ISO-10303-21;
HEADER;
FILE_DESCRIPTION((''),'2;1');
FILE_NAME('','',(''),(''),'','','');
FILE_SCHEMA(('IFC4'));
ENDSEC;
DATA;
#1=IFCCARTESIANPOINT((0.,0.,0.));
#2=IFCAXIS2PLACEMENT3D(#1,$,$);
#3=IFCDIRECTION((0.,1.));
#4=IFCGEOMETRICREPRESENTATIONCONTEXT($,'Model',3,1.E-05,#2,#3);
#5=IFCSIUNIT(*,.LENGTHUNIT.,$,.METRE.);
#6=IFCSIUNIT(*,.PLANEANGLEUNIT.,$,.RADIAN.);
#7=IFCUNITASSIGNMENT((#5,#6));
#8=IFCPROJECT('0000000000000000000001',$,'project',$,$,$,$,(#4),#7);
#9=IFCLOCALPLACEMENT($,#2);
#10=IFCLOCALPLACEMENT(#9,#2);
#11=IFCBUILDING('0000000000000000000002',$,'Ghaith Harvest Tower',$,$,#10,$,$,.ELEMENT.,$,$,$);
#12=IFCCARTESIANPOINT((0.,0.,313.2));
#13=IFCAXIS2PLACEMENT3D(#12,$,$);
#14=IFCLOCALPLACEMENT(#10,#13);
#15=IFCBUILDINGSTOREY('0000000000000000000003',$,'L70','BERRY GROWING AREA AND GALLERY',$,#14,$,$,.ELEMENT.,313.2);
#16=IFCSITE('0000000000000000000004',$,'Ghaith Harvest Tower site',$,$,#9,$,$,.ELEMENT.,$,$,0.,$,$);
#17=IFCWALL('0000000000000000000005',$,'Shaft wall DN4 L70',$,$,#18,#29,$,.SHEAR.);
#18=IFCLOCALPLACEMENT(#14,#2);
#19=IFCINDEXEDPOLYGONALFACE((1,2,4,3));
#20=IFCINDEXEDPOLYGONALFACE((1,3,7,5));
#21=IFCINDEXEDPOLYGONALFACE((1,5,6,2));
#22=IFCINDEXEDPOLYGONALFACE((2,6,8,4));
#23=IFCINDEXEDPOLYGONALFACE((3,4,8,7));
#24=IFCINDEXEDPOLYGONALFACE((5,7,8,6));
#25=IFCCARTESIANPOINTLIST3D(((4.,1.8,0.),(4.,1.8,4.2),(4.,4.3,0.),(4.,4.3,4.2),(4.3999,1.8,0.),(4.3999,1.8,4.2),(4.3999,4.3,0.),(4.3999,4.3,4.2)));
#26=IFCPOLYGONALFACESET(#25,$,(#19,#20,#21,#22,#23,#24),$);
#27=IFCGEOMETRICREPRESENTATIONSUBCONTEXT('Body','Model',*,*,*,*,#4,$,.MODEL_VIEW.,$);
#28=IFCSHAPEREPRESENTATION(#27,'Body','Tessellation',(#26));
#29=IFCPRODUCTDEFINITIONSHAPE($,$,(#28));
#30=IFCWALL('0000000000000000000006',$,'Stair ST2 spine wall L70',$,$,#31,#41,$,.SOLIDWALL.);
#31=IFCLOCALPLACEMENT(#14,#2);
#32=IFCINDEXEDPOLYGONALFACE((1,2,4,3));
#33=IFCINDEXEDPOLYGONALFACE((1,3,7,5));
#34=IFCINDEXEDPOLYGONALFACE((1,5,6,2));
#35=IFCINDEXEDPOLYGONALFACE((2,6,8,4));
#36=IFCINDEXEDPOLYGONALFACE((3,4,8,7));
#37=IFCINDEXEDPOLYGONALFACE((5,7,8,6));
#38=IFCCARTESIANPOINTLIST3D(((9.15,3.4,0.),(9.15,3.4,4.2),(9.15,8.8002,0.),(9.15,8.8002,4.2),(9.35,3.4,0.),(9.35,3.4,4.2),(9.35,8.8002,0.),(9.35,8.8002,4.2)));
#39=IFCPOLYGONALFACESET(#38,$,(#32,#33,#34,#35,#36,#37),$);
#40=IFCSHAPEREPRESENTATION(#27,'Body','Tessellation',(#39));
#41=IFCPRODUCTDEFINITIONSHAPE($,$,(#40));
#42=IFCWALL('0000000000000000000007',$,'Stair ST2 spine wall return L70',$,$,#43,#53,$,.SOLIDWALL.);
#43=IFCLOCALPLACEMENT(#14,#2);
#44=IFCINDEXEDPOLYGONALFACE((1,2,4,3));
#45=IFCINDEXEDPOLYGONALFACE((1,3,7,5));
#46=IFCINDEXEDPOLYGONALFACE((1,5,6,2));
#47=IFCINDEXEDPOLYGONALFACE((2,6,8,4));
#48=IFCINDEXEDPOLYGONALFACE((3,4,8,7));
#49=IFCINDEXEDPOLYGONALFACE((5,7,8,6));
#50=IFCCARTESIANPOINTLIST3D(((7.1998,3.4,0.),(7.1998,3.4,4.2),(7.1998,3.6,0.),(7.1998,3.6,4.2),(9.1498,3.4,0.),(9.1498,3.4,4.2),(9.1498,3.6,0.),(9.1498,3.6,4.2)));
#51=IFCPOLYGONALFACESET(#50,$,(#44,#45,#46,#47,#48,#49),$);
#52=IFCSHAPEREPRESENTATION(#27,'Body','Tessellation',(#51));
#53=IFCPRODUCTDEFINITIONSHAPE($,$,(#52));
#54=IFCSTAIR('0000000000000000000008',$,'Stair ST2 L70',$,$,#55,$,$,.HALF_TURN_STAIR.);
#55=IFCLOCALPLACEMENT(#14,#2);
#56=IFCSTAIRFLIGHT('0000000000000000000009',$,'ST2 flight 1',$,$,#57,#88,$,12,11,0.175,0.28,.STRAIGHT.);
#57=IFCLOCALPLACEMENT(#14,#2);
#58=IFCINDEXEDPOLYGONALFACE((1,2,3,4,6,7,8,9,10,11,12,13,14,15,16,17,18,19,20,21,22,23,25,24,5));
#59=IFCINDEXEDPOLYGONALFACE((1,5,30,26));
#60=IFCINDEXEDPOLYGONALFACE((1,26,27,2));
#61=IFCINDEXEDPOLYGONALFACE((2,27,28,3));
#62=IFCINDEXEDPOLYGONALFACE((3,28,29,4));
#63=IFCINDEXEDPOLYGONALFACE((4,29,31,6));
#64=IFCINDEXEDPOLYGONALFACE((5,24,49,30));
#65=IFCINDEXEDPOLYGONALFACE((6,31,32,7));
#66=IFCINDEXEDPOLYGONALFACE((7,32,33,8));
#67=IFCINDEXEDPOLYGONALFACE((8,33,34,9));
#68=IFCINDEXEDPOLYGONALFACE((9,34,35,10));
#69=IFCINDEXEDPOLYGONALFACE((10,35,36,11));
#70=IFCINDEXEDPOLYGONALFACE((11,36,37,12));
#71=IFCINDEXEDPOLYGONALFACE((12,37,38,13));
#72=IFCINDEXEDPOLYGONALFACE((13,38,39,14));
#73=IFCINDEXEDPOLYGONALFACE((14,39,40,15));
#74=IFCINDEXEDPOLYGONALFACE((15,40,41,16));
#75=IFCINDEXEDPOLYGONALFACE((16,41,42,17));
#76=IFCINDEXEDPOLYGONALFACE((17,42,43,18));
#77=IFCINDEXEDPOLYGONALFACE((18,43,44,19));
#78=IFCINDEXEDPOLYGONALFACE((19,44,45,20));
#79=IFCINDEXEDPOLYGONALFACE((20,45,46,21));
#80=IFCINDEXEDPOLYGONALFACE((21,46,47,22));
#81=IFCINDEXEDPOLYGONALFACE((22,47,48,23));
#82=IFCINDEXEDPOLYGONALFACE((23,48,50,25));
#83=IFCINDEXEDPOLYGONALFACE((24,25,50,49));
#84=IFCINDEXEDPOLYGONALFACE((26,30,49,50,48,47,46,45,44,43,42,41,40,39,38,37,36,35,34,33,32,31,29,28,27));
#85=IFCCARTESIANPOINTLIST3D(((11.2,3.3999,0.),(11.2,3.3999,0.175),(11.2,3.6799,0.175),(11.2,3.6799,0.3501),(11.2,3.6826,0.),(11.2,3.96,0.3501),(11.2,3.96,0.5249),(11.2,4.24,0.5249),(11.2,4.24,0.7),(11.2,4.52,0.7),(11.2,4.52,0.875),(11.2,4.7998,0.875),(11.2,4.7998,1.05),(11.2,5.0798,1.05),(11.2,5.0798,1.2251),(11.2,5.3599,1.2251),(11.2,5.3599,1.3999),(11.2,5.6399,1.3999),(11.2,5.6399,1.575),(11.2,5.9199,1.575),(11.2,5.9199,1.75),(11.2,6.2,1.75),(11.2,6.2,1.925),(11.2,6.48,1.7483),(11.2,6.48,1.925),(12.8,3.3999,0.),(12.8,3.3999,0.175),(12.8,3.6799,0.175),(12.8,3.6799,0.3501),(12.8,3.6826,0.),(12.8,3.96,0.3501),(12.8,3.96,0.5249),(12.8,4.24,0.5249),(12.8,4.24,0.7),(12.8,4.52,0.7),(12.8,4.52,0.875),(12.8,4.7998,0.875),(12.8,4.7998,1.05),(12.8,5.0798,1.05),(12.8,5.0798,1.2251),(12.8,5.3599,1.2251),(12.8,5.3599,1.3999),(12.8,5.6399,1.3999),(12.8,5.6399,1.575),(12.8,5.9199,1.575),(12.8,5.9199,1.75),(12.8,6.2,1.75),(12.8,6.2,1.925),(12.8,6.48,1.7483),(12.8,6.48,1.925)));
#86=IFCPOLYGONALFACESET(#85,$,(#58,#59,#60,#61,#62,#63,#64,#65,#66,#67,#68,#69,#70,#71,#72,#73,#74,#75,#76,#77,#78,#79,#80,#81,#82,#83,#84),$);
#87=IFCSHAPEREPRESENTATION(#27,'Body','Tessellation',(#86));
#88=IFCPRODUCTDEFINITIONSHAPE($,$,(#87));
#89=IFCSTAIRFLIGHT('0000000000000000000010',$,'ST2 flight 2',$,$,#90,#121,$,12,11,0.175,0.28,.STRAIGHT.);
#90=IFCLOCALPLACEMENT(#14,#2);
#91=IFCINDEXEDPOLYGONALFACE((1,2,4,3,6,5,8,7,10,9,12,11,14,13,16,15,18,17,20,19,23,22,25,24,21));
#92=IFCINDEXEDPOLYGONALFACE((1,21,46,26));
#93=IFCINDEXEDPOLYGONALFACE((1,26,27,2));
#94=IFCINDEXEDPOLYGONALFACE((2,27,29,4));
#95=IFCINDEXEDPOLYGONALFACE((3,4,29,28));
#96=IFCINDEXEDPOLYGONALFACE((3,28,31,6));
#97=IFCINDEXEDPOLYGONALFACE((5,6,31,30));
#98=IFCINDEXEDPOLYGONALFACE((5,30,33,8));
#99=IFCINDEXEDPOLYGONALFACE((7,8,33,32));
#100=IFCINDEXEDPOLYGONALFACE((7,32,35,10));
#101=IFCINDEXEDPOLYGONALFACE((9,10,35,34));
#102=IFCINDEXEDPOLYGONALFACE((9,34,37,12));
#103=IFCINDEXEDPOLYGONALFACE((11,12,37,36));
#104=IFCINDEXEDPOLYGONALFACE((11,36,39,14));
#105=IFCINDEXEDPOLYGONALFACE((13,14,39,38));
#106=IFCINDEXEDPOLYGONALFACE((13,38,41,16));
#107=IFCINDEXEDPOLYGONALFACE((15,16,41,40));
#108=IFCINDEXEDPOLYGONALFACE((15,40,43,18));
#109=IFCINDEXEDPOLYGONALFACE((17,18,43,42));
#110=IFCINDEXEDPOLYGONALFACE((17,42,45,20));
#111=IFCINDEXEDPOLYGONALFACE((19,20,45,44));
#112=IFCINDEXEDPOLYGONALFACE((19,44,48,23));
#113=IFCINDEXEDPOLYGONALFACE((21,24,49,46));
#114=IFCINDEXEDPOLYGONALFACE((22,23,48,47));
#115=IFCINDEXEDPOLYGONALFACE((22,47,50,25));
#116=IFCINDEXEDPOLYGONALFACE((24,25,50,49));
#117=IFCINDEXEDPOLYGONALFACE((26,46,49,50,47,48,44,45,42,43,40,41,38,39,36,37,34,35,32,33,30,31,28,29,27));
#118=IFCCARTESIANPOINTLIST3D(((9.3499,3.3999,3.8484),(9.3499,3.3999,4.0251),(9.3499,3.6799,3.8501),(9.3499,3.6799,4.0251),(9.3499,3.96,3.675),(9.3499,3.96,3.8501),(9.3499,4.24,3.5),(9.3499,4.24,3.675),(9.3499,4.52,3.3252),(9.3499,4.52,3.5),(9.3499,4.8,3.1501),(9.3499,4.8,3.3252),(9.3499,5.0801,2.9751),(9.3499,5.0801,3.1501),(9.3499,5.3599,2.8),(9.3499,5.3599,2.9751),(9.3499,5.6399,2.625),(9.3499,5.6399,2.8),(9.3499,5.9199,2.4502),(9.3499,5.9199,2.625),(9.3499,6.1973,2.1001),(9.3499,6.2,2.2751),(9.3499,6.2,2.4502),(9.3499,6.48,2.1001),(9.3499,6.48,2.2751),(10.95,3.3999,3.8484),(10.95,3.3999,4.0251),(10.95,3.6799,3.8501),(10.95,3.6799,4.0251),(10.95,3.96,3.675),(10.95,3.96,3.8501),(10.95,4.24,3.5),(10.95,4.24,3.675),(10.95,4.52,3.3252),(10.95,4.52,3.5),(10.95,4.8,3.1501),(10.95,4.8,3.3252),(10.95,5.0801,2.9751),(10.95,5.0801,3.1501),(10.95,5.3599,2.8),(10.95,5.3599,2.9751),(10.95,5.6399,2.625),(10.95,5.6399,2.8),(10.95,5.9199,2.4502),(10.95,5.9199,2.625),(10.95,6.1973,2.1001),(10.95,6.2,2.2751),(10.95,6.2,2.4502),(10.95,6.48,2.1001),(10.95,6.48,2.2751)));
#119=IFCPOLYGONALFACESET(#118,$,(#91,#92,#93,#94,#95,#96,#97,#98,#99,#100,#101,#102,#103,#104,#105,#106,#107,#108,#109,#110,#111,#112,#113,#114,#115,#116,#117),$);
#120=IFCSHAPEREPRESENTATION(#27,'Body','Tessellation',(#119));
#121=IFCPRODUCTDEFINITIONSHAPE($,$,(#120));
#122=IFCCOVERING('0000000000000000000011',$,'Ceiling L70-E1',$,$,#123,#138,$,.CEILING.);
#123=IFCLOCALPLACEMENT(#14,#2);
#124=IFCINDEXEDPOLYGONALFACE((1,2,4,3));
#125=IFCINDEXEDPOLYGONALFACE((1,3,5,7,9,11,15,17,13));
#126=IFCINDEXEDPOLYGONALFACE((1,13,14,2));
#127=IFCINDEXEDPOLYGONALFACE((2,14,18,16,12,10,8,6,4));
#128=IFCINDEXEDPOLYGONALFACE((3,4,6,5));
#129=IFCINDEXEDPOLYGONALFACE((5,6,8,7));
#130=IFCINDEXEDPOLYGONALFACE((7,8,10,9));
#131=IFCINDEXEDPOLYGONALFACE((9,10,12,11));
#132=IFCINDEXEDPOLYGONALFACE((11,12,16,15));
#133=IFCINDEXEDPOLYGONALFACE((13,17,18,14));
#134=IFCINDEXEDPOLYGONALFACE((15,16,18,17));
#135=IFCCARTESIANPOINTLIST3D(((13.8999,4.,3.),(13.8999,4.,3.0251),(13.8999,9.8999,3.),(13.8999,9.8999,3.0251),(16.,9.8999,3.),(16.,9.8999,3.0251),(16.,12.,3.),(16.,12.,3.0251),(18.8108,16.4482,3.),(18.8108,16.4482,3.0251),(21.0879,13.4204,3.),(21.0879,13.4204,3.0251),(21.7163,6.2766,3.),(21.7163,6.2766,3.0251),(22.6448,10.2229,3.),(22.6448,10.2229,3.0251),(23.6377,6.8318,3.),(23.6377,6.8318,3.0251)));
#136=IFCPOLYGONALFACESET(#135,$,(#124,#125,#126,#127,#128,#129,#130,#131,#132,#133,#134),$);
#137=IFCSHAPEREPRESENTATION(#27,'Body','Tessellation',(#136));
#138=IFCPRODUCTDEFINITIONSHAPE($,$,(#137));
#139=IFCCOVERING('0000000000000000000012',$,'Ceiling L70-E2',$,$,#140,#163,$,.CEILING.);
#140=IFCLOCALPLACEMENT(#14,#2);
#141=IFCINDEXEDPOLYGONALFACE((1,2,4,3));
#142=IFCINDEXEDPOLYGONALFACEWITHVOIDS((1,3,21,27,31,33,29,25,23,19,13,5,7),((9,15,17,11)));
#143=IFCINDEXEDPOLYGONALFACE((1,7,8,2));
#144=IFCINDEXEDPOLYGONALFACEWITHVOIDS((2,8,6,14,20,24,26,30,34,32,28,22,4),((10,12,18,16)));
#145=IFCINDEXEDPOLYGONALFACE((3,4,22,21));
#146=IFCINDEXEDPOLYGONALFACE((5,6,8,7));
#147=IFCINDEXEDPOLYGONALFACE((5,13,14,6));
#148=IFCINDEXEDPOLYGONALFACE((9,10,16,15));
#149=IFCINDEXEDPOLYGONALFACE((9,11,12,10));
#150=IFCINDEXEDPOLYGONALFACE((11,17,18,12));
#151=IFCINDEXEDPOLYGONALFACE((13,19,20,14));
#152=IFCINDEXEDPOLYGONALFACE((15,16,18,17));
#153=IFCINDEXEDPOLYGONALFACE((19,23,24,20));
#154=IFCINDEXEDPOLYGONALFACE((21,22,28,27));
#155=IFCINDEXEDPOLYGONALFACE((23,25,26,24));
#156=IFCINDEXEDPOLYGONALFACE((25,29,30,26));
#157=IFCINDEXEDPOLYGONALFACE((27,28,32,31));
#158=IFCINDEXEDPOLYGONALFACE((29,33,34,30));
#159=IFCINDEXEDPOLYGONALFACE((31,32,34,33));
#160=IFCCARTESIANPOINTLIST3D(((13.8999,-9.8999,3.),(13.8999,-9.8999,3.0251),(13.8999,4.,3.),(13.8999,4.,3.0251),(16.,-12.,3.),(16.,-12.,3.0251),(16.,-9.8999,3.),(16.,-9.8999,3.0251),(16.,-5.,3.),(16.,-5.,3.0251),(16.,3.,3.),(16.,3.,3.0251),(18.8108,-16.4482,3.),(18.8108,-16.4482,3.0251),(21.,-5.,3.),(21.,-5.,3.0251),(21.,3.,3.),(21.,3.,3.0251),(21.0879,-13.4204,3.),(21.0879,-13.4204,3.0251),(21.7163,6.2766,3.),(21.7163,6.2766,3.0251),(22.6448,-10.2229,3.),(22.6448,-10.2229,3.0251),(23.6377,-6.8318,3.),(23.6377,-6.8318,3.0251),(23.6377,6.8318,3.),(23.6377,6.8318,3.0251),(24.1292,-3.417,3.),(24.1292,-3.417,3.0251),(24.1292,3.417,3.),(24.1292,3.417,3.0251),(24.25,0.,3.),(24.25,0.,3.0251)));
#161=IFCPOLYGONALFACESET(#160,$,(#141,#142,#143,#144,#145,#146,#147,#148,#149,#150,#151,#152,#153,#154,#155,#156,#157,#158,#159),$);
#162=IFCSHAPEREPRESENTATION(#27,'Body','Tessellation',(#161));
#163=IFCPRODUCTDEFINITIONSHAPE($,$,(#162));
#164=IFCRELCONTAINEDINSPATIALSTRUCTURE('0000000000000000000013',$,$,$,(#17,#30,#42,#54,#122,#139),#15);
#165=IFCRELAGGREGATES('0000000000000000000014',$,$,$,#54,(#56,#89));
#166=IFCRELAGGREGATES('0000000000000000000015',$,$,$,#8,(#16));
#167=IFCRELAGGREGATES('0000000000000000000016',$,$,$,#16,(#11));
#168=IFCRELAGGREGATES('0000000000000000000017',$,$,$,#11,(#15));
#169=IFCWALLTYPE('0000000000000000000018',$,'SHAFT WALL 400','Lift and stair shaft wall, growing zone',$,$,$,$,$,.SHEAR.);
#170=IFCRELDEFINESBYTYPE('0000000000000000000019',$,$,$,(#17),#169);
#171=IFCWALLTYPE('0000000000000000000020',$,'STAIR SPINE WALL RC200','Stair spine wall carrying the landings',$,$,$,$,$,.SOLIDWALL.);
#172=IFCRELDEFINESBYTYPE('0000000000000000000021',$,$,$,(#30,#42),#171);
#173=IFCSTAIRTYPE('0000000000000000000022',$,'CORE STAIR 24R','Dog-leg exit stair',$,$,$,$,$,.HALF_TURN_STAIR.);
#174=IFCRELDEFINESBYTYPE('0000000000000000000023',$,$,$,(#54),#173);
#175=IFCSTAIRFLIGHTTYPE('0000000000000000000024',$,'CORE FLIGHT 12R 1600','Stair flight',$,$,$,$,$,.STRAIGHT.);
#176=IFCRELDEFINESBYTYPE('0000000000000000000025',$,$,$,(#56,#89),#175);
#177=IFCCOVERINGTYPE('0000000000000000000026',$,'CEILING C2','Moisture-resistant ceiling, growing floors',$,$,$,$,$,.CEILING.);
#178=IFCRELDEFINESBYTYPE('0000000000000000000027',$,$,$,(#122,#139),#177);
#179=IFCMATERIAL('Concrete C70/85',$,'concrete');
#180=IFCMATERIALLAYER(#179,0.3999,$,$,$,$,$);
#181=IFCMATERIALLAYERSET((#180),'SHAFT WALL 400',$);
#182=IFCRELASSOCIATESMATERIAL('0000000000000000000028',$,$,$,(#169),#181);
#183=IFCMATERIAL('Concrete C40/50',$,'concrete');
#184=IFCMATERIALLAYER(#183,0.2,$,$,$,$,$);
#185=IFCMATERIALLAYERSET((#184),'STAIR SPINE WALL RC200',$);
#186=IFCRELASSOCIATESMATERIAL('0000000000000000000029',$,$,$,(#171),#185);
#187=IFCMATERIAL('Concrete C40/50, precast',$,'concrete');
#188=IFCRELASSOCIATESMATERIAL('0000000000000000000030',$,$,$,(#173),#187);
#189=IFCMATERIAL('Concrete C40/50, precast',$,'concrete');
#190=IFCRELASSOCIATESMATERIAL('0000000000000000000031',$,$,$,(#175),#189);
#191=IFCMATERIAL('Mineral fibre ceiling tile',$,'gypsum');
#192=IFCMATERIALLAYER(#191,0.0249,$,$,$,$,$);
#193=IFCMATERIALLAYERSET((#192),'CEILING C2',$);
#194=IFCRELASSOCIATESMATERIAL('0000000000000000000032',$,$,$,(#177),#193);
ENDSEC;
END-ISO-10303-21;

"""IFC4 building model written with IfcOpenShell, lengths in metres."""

from ifc_helpers import new_model, si_unit, direction, frame, frame_2d, origin, place, context, subcontext, project, spatial, polyline, rectangle, outline, extrude, material, layer, layer_set, type_object, element, aggregate, save


model = new_model("IFC4")

# Units and contexts
model_context = context("Model", 3, precision=1e-05, world=origin(), true_north=direction((0.0, 1.0)))
body_context = subcontext(model_context, "Body", "Model", "MODEL_VIEW")
ifc_project = project(units=[si_unit("LENGTHUNIT", "METRE"), si_unit("PLANEANGLEUNIT", "RADIAN")], contexts=[model_context])

# Site, building, storey
site_placement = place(None, origin())
site = spatial("IfcSite", under=ifc_project, at=site_placement, Name="Ghaith Harvest Tower site", CompositionType="ELEMENT", RefElevation=0.0)
building_placement = place(site_placement, origin())
building = spatial("IfcBuilding", under=site, at=building_placement, Name="Ghaith Harvest Tower", CompositionType="ELEMENT")
storey_placement = place(building_placement, frame((0.0, 0.0, 313.2)))
storey = spatial("IfcBuildingStorey", under=building, at=storey_placement, Name="L70", Description="BERRY GROWING AREA AND GALLERY", CompositionType="ELEMENT", Elevation=313.2)

# Shared definitions
ifc_material_1 = material(Name="Concrete C70/85", Category="concrete")
ifc_layer_1 = layer(ifc_material_1, 0.3999)
ifc_layer_set_1 = layer_set([ifc_layer_1], Name="SHAFT WALL 400")
wall_type_1 = type_object("IfcWallType", Name="SHAFT WALL 400", Description="Lift and stair shaft wall, growing zone", PredefinedType="SHEAR", material=ifc_layer_set_1)

# Walls
wall_1_placement = place(storey_placement, frame((4.2, 1.8, 0.0), z_axis=(0.0, 0.0, 1.0), x_axis=(0.0, 1.0, 0.0)))
element("IfcWall", 1, at=wall_1_placement, inside=storey, type_object=wall_type_1, Name="Shaft wall DN4 L70", PredefinedType="SHEAR", context=body_context, shape_type="SweptSolid", body=[
    extrude(rectangle(XDim=2.5, YDim=0.3999, at=frame_2d((1.25, 0.0))), origin(), (0.0, 0.0, 1.0), 4.2),
])
ifc_material_2 = material(Name="Concrete C40/50", Category="concrete")
ifc_layer_2 = layer(ifc_material_2, 0.2)
ifc_layer_set_2 = layer_set([ifc_layer_2], Name="STAIR SPINE WALL RC200")
wall_type_2 = type_object("IfcWallType", Name="STAIR SPINE WALL RC200", Description="Stair spine wall carrying the landings", PredefinedType="SOLIDWALL", material=ifc_layer_set_2)
wall_2_placement = place(storey_placement, frame((9.25, 3.3999, 0.0), z_axis=(0.0, 0.0, 1.0), x_axis=(0.0, 1.0, 0.0)))
element("IfcWall", 2, at=wall_2_placement, inside=storey, type_object=wall_type_2, Name="Stair ST2 spine wall L70", PredefinedType="SOLIDWALL", context=body_context, shape_type="SweptSolid", body=[
    extrude(rectangle(XDim=5.4001, YDim=0.2, at=frame_2d((2.7002, 0.0))), origin(), (0.0, 0.0, 1.0), 4.2),
])
wall_3_placement = place(storey_placement, frame((9.1499, 3.5, 0.0), z_axis=(0.0, 0.0, 1.0), x_axis=(-1.0, 0.0, 0.0)))
element("IfcWall", 3, at=wall_3_placement, inside=storey, type_object=wall_type_2, Name="Stair ST2 spine wall return L70", PredefinedType="SOLIDWALL", context=body_context, shape_type="SweptSolid", body=[
    extrude(rectangle(XDim=1.95, YDim=0.2, at=frame_2d((0.9751, 0.0))), origin(), (0.0, 0.0, 1.0), 4.2),
])

# Stair, stair flights
ifc_material_3 = material(Name="Concrete C40/50, precast", Category="concrete")
stair_type = type_object("IfcStairType", Name="CORE STAIR 24R", Description="Dog-leg exit stair", PredefinedType="HALF_TURN_STAIR", material=ifc_material_3)
stair_placement = place(storey_placement, origin())
stair = element("IfcStair", 4, at=stair_placement, inside=storey, type_object=stair_type, Name="Stair ST2 L70", PredefinedType="HALF_TURN_STAIR")
ifc_material_4 = material(Name="Concrete C40/50, precast", Category="concrete")
stair_flight_type = type_object("IfcStairFlightType", Name="CORE FLIGHT 12R 1600", Description="Stair flight", PredefinedType="STRAIGHT", material=ifc_material_4)
stair_flight_1_placement = place(storey_placement, frame((12.0, 3.3999, 0.0), z_axis=(0.0, 0.0, 1.0), x_axis=(0.0, 1.0, 0.0)))
stair_flight_1 = element("IfcStairFlight", 5, at=stair_flight_1_placement, type_object=stair_flight_type, Name="ST2 flight 1", NumberOfRisers=12, NumberOfTreads=11, PredefinedType="STRAIGHT", RiserHeight=0.175, TreadLength=0.28, context=body_context, shape_type="SweptSolid", body=[
    extrude(outline(polyline([(0.0, 0.0), (0.0, 0.175), (0.28, 0.175), (0.28, 0.3501), (0.5601, 0.3501), (0.5601, 0.5249), (0.8401, 0.5249), (0.8401, 0.7), (1.1201, 0.7), (1.1201, 0.875), (1.3999, 0.875), (1.3999, 1.05), (1.6799, 1.05), (1.6799, 1.2251), (1.96, 1.2251), (1.96, 1.3999), (2.24, 1.3999), (2.24, 1.575), (2.52, 1.575), (2.52, 1.75), (2.8, 1.75), (2.8, 1.925), (3.0801, 1.925), (3.0801, 2.1001), (3.0801, 1.7483), (0.2827, 0.0), (0.0, 0.0)])), frame((0.0, 0.8, 0.0), z_axis=(0.0, -1.0, 0.0), x_axis=(1.0, 0.0, 0.0)), (0.0, 0.0, 1.0), 1.6001),
])
stair_flight_2_placement = place(storey_placement, frame((10.1499, 6.48, 2.1001), z_axis=(0.0, 0.0, 1.0), x_axis=(0.0, -1.0, 0.0)))
stair_flight_2 = element("IfcStairFlight", 6, at=stair_flight_2_placement, type_object=stair_flight_type, Name="ST2 flight 2", NumberOfRisers=12, NumberOfTreads=11, PredefinedType="STRAIGHT", RiserHeight=0.175, TreadLength=0.28, context=body_context, shape_type="SweptSolid", body=[
    extrude(outline(polyline([(0.0, 0.0), (0.0, 0.175), (0.28, 0.175), (0.28, 0.3501), (0.5601, 0.3501), (0.5601, 0.5249), (0.8401, 0.5249), (0.8401, 0.7), (1.1201, 0.7), (1.1201, 0.875), (1.3999, 0.875), (1.3999, 1.05), (1.6799, 1.05), (1.6799, 1.2251), (1.96, 1.2251), (1.96, 1.3999), (2.24, 1.3999), (2.24, 1.575), (2.52, 1.575), (2.52, 1.75), (2.8, 1.75), (2.8, 1.925), (3.0801, 1.925), (3.0801, 2.1001), (3.0801, 1.7483), (0.2827, 0.0), (0.0, 0.0)])), frame((0.0, 0.8, 0.0), z_axis=(0.0, -1.0, 0.0), x_axis=(1.0, 0.0, 0.0)), (0.0, 0.0, 1.0), 1.6001),
])
aggregate(stair, [stair_flight_1, stair_flight_2])

# Coverings
ifc_material_5 = material(Name="Mineral fibre ceiling tile", Category="gypsum")
ifc_layer_3 = layer(ifc_material_5, 0.0249)
ifc_layer_set_3 = layer_set([ifc_layer_3], Name="CEILING C2")
covering_type = type_object("IfcCoveringType", Name="CEILING C2", Description="Moisture-resistant ceiling, growing floors", PredefinedType="CEILING", material=ifc_layer_set_3)
covering_1_placement = place(storey_placement, frame((0.0, 0.0, 3.0)))
element("IfcCovering", 7, at=covering_1_placement, inside=storey, type_object=covering_type, Name="Ceiling L70-E1", PredefinedType="CEILING", context=body_context, shape_type="SweptSolid", body=[
    extrude(outline(polyline([(21.0879, 13.4204), (22.6448, 10.2229), (23.6377, 6.8318), (21.7163, 6.2766), (13.8999, 4.0), (13.8999, 9.8999), (16.0, 9.8999), (16.0, 12.0), (18.8108, 16.4482), (21.0879, 13.4204)])), origin(), (0.0, 0.0, 1.0), 0.0251),
])
covering_2_placement = place(storey_placement, frame((0.0, 0.0, 3.0)))
element("IfcCovering", 8, at=covering_2_placement, inside=storey, type_object=covering_type, Name="Ceiling L70-E2", PredefinedType="CEILING", context=body_context, shape_type="SweptSolid", body=[
    extrude(outline(polyline([(23.6377, 6.8318), (23.6377, 6.8318), (24.1292, 3.417), (24.25, 0.0), (24.1292, -3.417), (23.6377, -6.8318), (22.6448, -10.2229), (21.0879, -13.4204), (18.8108, -16.4482), (16.0, -12.0), (16.0, -9.8999), (13.8999, -9.8999), (13.8999, 4.0), (21.7163, 6.2766), (23.6377, 6.8318)]), holes=[polyline([(21.0, 3.0), (16.0, 3.0), (16.0, -5.0), (21.0, -5.0), (21.0, 3.0)])]), origin(), (0.0, 0.0, 1.0), 0.0251),
])

save(model, "model.ifc")
